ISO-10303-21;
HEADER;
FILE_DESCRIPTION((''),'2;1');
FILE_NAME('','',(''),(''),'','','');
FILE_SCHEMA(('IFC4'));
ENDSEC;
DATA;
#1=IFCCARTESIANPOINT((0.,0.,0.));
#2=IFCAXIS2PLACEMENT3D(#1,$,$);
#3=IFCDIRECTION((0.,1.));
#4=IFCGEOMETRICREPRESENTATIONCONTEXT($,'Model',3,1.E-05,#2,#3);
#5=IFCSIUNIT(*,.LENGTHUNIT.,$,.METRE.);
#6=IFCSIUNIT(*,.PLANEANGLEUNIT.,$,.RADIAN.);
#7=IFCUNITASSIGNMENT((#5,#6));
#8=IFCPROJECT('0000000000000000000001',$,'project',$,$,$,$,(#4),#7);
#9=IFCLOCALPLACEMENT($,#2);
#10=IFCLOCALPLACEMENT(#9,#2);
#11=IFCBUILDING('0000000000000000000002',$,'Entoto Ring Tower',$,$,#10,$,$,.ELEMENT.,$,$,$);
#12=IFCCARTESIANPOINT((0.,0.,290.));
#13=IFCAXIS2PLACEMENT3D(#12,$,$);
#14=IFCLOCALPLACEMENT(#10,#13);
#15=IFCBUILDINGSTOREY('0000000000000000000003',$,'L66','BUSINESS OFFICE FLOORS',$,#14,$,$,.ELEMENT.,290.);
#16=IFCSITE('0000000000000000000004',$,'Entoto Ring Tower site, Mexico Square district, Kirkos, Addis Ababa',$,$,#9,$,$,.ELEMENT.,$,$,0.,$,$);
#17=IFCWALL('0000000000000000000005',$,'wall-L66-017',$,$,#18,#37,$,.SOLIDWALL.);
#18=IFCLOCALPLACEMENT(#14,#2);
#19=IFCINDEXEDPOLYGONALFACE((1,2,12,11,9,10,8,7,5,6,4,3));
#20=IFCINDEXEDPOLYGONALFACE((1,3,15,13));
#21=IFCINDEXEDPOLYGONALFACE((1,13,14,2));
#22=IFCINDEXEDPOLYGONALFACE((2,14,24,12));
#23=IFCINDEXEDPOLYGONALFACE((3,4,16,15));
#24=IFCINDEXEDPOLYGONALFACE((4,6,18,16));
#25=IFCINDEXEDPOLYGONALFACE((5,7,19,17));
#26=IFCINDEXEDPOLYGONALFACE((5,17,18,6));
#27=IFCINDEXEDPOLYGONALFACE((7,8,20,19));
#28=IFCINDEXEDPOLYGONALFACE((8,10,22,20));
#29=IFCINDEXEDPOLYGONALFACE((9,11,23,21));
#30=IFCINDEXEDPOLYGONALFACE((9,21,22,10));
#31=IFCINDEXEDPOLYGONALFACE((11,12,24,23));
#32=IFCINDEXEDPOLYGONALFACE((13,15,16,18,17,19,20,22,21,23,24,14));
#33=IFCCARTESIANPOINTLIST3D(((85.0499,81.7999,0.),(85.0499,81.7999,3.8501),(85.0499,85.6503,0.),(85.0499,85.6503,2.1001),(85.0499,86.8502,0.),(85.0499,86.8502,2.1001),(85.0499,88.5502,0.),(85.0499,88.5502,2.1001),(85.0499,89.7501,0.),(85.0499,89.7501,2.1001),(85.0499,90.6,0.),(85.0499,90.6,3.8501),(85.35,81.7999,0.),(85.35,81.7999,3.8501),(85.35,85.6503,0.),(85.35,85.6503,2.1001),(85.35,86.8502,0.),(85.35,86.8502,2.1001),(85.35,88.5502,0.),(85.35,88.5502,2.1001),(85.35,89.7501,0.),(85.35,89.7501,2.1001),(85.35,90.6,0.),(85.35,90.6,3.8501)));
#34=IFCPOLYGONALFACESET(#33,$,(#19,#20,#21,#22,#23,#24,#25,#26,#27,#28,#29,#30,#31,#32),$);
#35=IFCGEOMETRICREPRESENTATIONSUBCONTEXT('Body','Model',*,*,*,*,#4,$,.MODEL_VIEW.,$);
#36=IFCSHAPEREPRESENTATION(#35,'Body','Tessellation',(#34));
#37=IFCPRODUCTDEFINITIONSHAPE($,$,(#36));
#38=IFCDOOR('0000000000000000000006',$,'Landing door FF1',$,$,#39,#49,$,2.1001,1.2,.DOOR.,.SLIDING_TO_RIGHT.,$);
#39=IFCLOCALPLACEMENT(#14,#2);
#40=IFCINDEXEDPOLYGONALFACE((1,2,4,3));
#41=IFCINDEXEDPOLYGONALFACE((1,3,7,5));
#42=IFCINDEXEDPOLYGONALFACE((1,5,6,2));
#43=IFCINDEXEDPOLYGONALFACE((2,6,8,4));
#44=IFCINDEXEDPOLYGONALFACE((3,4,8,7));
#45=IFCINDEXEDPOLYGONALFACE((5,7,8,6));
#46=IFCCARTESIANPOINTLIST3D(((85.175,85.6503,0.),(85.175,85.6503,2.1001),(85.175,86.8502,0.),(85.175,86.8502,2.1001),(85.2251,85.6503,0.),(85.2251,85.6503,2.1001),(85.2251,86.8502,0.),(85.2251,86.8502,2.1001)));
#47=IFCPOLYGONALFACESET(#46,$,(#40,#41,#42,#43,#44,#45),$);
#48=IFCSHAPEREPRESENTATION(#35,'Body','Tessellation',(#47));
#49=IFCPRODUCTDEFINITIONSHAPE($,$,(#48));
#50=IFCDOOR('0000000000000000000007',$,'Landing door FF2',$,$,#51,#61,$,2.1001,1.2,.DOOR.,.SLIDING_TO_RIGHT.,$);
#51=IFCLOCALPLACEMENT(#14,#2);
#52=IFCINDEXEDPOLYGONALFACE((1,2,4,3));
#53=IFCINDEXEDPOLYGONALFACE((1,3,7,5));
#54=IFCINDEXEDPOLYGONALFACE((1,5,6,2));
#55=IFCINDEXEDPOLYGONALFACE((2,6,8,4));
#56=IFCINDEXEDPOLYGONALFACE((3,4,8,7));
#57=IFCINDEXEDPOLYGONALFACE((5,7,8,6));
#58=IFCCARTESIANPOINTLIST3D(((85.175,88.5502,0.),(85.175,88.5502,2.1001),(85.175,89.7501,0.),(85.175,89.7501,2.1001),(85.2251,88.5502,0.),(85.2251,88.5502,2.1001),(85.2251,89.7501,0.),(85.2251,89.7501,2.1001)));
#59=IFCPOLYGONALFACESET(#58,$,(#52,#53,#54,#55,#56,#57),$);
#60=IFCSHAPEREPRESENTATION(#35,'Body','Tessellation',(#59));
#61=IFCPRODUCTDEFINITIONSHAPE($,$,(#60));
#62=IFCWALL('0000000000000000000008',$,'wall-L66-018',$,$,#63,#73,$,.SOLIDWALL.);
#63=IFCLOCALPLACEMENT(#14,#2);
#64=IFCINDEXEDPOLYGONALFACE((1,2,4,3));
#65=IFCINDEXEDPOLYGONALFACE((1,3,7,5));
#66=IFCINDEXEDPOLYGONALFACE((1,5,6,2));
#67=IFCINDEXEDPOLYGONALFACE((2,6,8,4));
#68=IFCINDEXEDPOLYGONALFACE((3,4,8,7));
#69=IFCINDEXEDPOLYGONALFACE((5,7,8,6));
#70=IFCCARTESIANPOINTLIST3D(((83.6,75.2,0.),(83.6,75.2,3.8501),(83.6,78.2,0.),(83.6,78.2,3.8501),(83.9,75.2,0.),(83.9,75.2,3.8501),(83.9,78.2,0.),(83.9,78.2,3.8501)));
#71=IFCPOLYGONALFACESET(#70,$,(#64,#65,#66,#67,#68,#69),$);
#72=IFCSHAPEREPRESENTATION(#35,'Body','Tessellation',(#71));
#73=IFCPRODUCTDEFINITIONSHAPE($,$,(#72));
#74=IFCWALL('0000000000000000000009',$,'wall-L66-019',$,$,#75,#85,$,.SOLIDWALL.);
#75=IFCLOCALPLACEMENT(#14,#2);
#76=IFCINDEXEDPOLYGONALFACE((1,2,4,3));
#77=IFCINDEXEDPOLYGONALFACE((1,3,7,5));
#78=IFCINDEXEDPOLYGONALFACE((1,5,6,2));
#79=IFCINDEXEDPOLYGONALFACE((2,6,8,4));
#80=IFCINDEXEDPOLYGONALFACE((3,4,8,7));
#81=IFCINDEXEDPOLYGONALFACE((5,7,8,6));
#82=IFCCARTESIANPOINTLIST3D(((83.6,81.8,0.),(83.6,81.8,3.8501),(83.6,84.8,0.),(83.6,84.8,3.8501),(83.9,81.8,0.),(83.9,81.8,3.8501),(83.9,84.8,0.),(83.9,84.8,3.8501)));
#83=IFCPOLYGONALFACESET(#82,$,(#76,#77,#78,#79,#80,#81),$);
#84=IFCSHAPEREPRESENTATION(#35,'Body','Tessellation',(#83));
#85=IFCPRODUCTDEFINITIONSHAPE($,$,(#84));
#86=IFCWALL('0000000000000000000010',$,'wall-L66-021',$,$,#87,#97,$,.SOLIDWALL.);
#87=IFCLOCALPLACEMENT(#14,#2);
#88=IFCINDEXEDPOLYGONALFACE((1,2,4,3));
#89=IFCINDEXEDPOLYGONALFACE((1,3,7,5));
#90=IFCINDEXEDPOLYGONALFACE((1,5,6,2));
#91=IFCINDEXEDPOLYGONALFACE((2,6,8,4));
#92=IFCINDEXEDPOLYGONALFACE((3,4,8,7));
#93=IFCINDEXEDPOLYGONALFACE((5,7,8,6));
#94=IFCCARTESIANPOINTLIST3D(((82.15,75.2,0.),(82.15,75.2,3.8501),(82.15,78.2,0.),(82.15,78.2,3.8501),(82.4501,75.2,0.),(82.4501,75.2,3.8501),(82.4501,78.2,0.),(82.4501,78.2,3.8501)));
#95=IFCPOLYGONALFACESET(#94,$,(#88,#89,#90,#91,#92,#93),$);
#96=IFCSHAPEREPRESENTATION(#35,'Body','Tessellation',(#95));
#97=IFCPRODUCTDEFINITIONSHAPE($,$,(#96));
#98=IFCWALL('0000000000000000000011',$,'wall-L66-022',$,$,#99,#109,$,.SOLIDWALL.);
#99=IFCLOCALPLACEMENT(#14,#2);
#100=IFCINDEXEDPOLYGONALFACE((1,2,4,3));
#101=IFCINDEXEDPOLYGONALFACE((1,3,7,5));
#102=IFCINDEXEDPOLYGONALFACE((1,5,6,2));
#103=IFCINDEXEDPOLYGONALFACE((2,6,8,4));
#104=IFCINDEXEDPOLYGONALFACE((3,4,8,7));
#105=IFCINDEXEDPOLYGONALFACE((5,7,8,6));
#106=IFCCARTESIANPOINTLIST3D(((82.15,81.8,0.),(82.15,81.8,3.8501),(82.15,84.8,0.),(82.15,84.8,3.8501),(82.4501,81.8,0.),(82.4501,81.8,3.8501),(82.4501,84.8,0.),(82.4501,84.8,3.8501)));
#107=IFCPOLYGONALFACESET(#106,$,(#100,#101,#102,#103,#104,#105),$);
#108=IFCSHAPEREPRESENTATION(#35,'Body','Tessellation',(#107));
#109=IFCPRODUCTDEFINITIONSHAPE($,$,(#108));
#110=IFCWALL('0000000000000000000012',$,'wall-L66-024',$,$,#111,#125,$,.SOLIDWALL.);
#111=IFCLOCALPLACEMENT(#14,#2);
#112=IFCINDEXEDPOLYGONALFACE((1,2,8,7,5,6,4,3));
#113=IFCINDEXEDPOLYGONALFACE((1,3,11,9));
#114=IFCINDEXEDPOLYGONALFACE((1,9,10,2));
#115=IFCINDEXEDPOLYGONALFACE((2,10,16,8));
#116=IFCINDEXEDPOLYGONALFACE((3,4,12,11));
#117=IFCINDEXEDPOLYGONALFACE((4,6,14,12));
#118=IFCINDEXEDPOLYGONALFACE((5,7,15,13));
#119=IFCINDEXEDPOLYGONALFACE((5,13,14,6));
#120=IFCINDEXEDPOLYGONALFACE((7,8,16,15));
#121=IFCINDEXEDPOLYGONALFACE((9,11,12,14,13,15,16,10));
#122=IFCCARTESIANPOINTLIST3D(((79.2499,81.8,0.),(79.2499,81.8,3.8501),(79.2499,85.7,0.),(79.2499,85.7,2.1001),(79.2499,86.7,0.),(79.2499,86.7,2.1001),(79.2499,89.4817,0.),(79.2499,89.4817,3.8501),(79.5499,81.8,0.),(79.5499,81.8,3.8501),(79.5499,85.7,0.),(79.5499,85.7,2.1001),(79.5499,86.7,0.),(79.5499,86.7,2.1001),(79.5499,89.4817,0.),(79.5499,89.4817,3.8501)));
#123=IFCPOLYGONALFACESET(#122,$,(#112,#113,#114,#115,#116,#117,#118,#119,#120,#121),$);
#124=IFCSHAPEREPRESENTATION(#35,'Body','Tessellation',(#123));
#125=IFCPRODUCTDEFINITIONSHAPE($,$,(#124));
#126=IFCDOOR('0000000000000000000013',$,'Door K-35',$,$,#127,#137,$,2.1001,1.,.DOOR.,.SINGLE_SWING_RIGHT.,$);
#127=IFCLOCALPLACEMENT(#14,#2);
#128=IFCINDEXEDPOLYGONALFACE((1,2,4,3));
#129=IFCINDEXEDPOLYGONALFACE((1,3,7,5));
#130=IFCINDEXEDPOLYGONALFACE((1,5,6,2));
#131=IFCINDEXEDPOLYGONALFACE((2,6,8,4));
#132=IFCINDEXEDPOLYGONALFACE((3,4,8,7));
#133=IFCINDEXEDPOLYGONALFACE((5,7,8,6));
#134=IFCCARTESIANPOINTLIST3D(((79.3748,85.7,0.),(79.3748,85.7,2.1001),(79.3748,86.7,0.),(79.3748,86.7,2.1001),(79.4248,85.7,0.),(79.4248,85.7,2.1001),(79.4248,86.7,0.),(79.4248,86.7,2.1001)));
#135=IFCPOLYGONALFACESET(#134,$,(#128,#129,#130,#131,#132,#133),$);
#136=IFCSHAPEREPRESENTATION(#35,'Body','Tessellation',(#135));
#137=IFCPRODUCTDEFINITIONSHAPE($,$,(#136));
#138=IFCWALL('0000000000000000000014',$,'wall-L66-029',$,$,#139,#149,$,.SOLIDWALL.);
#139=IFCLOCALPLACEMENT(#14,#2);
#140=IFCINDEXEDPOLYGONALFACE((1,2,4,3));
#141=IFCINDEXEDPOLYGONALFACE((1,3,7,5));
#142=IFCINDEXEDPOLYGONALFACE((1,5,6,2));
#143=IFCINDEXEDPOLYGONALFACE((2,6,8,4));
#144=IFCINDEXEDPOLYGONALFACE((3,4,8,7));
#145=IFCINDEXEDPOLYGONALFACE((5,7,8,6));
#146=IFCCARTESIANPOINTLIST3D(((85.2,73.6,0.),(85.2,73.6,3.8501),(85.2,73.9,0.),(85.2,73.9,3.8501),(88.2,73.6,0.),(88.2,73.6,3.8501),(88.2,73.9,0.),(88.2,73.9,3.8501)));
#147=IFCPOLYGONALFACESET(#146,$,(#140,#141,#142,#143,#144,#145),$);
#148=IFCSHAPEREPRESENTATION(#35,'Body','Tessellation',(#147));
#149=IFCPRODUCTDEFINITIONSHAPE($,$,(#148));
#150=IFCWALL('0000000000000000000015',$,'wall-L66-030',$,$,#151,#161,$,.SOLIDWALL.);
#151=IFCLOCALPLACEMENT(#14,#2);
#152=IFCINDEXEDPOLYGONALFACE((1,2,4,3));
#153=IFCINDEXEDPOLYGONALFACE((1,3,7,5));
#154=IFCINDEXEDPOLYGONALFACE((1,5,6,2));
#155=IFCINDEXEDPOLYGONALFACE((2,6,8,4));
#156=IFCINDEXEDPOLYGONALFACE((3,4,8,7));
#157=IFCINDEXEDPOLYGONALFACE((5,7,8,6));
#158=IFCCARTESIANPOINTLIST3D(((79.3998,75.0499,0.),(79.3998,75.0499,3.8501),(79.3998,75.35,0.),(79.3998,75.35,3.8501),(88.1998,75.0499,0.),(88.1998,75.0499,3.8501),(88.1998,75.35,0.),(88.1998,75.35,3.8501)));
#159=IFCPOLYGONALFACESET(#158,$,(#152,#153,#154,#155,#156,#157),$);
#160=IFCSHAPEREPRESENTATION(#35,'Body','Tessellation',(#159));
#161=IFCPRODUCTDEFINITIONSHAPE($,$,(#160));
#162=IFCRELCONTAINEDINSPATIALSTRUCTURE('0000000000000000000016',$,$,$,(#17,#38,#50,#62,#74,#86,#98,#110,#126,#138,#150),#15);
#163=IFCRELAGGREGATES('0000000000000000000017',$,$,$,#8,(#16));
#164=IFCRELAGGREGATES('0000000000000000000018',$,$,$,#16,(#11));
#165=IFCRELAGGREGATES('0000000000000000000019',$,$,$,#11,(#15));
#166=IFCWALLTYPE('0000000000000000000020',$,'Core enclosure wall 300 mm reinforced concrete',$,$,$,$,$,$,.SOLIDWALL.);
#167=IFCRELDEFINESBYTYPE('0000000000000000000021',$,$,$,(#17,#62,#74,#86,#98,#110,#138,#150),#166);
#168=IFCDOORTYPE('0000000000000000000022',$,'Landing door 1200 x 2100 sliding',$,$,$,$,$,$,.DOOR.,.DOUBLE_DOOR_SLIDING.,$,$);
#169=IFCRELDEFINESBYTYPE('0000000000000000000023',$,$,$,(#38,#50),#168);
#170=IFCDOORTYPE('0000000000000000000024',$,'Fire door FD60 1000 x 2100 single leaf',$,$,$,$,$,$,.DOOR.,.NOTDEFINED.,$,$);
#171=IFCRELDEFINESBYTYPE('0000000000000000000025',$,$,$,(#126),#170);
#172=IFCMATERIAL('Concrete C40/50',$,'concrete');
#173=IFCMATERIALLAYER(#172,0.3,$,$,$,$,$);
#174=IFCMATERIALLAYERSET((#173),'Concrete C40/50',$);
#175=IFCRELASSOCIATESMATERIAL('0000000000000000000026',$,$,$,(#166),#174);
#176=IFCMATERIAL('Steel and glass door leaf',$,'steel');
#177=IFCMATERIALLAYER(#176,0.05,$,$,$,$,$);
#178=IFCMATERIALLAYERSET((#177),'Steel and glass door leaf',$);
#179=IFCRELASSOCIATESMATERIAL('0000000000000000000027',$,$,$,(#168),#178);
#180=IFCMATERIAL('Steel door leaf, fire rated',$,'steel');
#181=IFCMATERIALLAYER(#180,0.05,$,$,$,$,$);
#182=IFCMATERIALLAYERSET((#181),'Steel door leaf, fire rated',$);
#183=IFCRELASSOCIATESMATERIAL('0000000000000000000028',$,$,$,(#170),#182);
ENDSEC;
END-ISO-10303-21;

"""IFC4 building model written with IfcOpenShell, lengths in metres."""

from ifc_helpers import new_model, si_unit, direction, frame, frame_2d, origin, place, context, subcontext, project, spatial, rectangle, extrude, material, layer, layer_set, type_object, element, fill, save


model = new_model("IFC4")

# Units and contexts
model_context = context("Model", 3, precision=1e-05, world=origin(), true_north=direction((0.0, 1.0)))
body_context = subcontext(model_context, "Body", "Model", "MODEL_VIEW")
ifc_project = project(units=[si_unit("LENGTHUNIT", "METRE"), si_unit("PLANEANGLEUNIT", "RADIAN")], contexts=[model_context])

# Site, building, storey
site_placement = place(None, origin())
site = spatial("IfcSite", under=ifc_project, at=site_placement, Name="Entoto Ring Tower site, Mexico Square district, Kirkos, Addis Ababa", CompositionType="ELEMENT", RefElevation=0.0)
building_placement = place(site_placement, origin())
building = spatial("IfcBuilding", under=site, at=building_placement, Name="Entoto Ring Tower", CompositionType="ELEMENT")
storey_placement = place(building_placement, frame((0.0, 0.0, 290.0)))
storey = spatial("IfcBuildingStorey", under=building, at=storey_placement, Name="L66", Description="BUSINESS OFFICE FLOORS", CompositionType="ELEMENT", Elevation=290.0)

# Wall, openings, doors
ifc_material_1 = material(Name="Concrete C40/50", Category="concrete")
ifc_layer_1 = layer(ifc_material_1, 0.3)
ifc_layer_set_1 = layer_set([ifc_layer_1], Name="Concrete C40/50")
wall_type = type_object("IfcWallType", Name="Core enclosure wall 300 mm reinforced concrete", PredefinedType="SOLIDWALL", material=ifc_layer_set_1)
wall_1_placement = place(storey_placement, frame((85.2, 81.8, 0.0), z_axis=(0.0, 0.0, 1.0), x_axis=(0.0, 1.0, 0.0)))
wall_1 = element("IfcWall", 1, at=wall_1_placement, inside=storey, type_object=wall_type, Name="wall-L66-017", PredefinedType="SOLIDWALL", context=body_context, shape_type="SweptSolid", body=[
    extrude(rectangle(XDim=8.8, YDim=0.3, at=frame_2d((4.3999, 0.0))), origin(), (0.0, 0.0, 1.0), 3.8501),
])
opening_1_placement = place(wall_1_placement, frame((3.8501, 0.0, 0.0)))
opening_1 = element("IfcOpeningElement", 2, at=opening_1_placement, cuts=wall_1, PredefinedType="OPENING", context=body_context, shape_type="SweptSolid", body=[
    extrude(rectangle(XDim=1.2, YDim=2.1001, at=frame_2d((0.6001, 1.05))), frame((0.0, 0.1602, 0.0), z_axis=(0.0, -1.0, 0.0), x_axis=(1.0, 0.0, 0.0)), (0.0, 0.0, 1.0), 0.3201),
])
opening_2_placement = place(wall_1_placement, frame((6.75, 0.0, 0.0)))
opening_2 = element("IfcOpeningElement", 3, at=opening_2_placement, cuts=wall_1, PredefinedType="OPENING", context=body_context, shape_type="SweptSolid", body=[
    extrude(rectangle(XDim=1.2, YDim=2.1001, at=frame_2d((0.6001, 1.05))), frame((0.0, 0.1602, 0.0), z_axis=(0.0, -1.0, 0.0), x_axis=(1.0, 0.0, 0.0)), (0.0, 0.0, 1.0), 0.3201),
])
ifc_material_2 = material(Name="Steel and glass door leaf", Category="steel")
ifc_layer_2 = layer(ifc_material_2, 0.05)
ifc_layer_set_2 = layer_set([ifc_layer_2], Name="Steel and glass door leaf")
door_type_1 = type_object("IfcDoorType", Name="Landing door 1200 x 2100 sliding", OperationType="DOUBLE_DOOR_SLIDING", PredefinedType="DOOR", material=ifc_layer_set_2)
door_1_placement = place(opening_1_placement, origin())
door_1 = element("IfcDoor", 4, at=door_1_placement, inside=storey, type_object=door_type_1, Name="Landing door FF1", OperationType="SLIDING_TO_RIGHT", OverallHeight=2.1001, OverallWidth=1.2, PredefinedType="DOOR", context=body_context, shape_type="SweptSolid", body=[
    extrude(rectangle(XDim=1.2, YDim=2.1001, at=frame_2d((0.6001, 1.05))), frame((0.0, 0.0249, 0.0), z_axis=(0.0, -1.0, 0.0), x_axis=(1.0, 0.0, 0.0)), (0.0, 0.0, 1.0), 0.05),
])
fill(opening_1, door_1)
door_2_placement = place(opening_2_placement, origin())
door_2 = element("IfcDoor", 5, at=door_2_placement, inside=storey, type_object=door_type_1, Name="Landing door FF2", OperationType="SLIDING_TO_RIGHT", OverallHeight=2.1001, OverallWidth=1.2, PredefinedType="DOOR", context=body_context, shape_type="SweptSolid", body=[
    extrude(rectangle(XDim=1.2, YDim=2.1001, at=frame_2d((0.6001, 1.05))), frame((0.0, 0.0249, 0.0), z_axis=(0.0, -1.0, 0.0), x_axis=(1.0, 0.0, 0.0)), (0.0, 0.0, 1.0), 0.05),
])
fill(opening_2, door_2)

# Walls
for number, where, z_axis, x_axis, name in (
    (6, (83.75, 75.2, 0.0), (0.0, 0.0, 1.0), (0.0, 1.0, 0.0), "wall-L66-018"),
    (7, (83.75, 81.8, 0.0), (0.0, 0.0, 1.0), (0.0, 1.0, 0.0), "wall-L66-019"),
    (8, (82.3, 75.2, 0.0), (0.0, 0.0, 1.0), (0.0, 1.0, 0.0), "wall-L66-021"),
    (9, (82.3, 81.8, 0.0), (0.0, 0.0, 1.0), (0.0, 1.0, 0.0), "wall-L66-022"),
):
    element("IfcWall", number, at=place(storey_placement, frame(where, z_axis=z_axis, x_axis=x_axis)), inside=storey, type_object=wall_type, Name=name, PredefinedType="SOLIDWALL", context=body_context, shape_type="SweptSolid", body=[
        extrude(rectangle(XDim=3.0, YDim=0.3, at=frame_2d((1.5, 0.0))), origin(), (0.0, 0.0, 1.0), 3.8501),
    ])

# Wall, opening, door
wall_2_placement = place(storey_placement, frame((79.3999, 81.8, 0.0), z_axis=(0.0, 0.0, 1.0), x_axis=(0.0, 1.0, 0.0)))
wall_2 = element("IfcWall", 10, at=wall_2_placement, inside=storey, type_object=wall_type, Name="wall-L66-024", PredefinedType="SOLIDWALL", context=body_context, shape_type="SweptSolid", body=[
    extrude(rectangle(XDim=7.6816, YDim=0.3, at=frame_2d((3.8408, 0.0))), origin(), (0.0, 0.0, 1.0), 3.8501),
])
opening_3_placement = place(wall_2_placement, frame((3.8999, 0.0, 0.0)))
opening_3 = element("IfcOpeningElement", 11, at=opening_3_placement, cuts=wall_2, PredefinedType="OPENING", context=body_context, shape_type="SweptSolid", body=[
    extrude(rectangle(XDim=1.0, YDim=2.1001, at=frame_2d((0.5, 1.05))), frame((0.0, 0.1602, 0.0), z_axis=(0.0, -1.0, 0.0), x_axis=(1.0, 0.0, 0.0)), (0.0, 0.0, 1.0), 0.3201),
])
ifc_material_3 = material(Name="Steel door leaf, fire rated", Category="steel")
ifc_layer_3 = layer(ifc_material_3, 0.05)
ifc_layer_set_3 = layer_set([ifc_layer_3], Name="Steel door leaf, fire rated")
door_type_2 = type_object("IfcDoorType", Name="Fire door FD60 1000 x 2100 single leaf", OperationType="NOTDEFINED", PredefinedType="DOOR", material=ifc_layer_set_3)
door_3_placement = place(opening_3_placement, frame((1.0, 0.0, 0.0), z_axis=(0.0, 0.0, 1.0), x_axis=(-1.0, 0.0, 0.0)))
door_3 = element("IfcDoor", 12, at=door_3_placement, inside=storey, type_object=door_type_2, Name="Door K-35", OperationType="SINGLE_SWING_RIGHT", OverallHeight=2.1001, OverallWidth=1.0, PredefinedType="DOOR", context=body_context, shape_type="SweptSolid", body=[
    extrude(rectangle(XDim=1.0, YDim=2.1001, at=frame_2d((0.5, 1.05))), frame((0.0, 0.0249, 0.0), z_axis=(0.0, -1.0, 0.0), x_axis=(1.0, 0.0, 0.0)), (0.0, 0.0, 1.0), 0.05),
])
fill(opening_3, door_3)

# Walls
wall_3_placement = place(storey_placement, frame((85.2, 73.75, 0.0), z_axis=(0.0, 0.0, 1.0), x_axis=(1.0, 0.0, 0.0)))
element("IfcWall", 13, at=wall_3_placement, inside=storey, type_object=wall_type, Name="wall-L66-029", PredefinedType="SOLIDWALL", context=body_context, shape_type="SweptSolid", body=[
    extrude(rectangle(XDim=3.0, YDim=0.3, at=frame_2d((1.5, 0.0))), origin(), (0.0, 0.0, 1.0), 3.8501),
])
wall_4_placement = place(storey_placement, frame((79.3999, 75.2, 0.0), z_axis=(0.0, 0.0, 1.0), x_axis=(1.0, 0.0, 0.0)))
element("IfcWall", 14, at=wall_4_placement, inside=storey, type_object=wall_type, Name="wall-L66-030", PredefinedType="SOLIDWALL", context=body_context, shape_type="SweptSolid", body=[
    extrude(rectangle(XDim=8.8, YDim=0.3, at=frame_2d((4.3999, 0.0))), origin(), (0.0, 0.0, 1.0), 3.8501),
])

save(model, "model.ifc")
